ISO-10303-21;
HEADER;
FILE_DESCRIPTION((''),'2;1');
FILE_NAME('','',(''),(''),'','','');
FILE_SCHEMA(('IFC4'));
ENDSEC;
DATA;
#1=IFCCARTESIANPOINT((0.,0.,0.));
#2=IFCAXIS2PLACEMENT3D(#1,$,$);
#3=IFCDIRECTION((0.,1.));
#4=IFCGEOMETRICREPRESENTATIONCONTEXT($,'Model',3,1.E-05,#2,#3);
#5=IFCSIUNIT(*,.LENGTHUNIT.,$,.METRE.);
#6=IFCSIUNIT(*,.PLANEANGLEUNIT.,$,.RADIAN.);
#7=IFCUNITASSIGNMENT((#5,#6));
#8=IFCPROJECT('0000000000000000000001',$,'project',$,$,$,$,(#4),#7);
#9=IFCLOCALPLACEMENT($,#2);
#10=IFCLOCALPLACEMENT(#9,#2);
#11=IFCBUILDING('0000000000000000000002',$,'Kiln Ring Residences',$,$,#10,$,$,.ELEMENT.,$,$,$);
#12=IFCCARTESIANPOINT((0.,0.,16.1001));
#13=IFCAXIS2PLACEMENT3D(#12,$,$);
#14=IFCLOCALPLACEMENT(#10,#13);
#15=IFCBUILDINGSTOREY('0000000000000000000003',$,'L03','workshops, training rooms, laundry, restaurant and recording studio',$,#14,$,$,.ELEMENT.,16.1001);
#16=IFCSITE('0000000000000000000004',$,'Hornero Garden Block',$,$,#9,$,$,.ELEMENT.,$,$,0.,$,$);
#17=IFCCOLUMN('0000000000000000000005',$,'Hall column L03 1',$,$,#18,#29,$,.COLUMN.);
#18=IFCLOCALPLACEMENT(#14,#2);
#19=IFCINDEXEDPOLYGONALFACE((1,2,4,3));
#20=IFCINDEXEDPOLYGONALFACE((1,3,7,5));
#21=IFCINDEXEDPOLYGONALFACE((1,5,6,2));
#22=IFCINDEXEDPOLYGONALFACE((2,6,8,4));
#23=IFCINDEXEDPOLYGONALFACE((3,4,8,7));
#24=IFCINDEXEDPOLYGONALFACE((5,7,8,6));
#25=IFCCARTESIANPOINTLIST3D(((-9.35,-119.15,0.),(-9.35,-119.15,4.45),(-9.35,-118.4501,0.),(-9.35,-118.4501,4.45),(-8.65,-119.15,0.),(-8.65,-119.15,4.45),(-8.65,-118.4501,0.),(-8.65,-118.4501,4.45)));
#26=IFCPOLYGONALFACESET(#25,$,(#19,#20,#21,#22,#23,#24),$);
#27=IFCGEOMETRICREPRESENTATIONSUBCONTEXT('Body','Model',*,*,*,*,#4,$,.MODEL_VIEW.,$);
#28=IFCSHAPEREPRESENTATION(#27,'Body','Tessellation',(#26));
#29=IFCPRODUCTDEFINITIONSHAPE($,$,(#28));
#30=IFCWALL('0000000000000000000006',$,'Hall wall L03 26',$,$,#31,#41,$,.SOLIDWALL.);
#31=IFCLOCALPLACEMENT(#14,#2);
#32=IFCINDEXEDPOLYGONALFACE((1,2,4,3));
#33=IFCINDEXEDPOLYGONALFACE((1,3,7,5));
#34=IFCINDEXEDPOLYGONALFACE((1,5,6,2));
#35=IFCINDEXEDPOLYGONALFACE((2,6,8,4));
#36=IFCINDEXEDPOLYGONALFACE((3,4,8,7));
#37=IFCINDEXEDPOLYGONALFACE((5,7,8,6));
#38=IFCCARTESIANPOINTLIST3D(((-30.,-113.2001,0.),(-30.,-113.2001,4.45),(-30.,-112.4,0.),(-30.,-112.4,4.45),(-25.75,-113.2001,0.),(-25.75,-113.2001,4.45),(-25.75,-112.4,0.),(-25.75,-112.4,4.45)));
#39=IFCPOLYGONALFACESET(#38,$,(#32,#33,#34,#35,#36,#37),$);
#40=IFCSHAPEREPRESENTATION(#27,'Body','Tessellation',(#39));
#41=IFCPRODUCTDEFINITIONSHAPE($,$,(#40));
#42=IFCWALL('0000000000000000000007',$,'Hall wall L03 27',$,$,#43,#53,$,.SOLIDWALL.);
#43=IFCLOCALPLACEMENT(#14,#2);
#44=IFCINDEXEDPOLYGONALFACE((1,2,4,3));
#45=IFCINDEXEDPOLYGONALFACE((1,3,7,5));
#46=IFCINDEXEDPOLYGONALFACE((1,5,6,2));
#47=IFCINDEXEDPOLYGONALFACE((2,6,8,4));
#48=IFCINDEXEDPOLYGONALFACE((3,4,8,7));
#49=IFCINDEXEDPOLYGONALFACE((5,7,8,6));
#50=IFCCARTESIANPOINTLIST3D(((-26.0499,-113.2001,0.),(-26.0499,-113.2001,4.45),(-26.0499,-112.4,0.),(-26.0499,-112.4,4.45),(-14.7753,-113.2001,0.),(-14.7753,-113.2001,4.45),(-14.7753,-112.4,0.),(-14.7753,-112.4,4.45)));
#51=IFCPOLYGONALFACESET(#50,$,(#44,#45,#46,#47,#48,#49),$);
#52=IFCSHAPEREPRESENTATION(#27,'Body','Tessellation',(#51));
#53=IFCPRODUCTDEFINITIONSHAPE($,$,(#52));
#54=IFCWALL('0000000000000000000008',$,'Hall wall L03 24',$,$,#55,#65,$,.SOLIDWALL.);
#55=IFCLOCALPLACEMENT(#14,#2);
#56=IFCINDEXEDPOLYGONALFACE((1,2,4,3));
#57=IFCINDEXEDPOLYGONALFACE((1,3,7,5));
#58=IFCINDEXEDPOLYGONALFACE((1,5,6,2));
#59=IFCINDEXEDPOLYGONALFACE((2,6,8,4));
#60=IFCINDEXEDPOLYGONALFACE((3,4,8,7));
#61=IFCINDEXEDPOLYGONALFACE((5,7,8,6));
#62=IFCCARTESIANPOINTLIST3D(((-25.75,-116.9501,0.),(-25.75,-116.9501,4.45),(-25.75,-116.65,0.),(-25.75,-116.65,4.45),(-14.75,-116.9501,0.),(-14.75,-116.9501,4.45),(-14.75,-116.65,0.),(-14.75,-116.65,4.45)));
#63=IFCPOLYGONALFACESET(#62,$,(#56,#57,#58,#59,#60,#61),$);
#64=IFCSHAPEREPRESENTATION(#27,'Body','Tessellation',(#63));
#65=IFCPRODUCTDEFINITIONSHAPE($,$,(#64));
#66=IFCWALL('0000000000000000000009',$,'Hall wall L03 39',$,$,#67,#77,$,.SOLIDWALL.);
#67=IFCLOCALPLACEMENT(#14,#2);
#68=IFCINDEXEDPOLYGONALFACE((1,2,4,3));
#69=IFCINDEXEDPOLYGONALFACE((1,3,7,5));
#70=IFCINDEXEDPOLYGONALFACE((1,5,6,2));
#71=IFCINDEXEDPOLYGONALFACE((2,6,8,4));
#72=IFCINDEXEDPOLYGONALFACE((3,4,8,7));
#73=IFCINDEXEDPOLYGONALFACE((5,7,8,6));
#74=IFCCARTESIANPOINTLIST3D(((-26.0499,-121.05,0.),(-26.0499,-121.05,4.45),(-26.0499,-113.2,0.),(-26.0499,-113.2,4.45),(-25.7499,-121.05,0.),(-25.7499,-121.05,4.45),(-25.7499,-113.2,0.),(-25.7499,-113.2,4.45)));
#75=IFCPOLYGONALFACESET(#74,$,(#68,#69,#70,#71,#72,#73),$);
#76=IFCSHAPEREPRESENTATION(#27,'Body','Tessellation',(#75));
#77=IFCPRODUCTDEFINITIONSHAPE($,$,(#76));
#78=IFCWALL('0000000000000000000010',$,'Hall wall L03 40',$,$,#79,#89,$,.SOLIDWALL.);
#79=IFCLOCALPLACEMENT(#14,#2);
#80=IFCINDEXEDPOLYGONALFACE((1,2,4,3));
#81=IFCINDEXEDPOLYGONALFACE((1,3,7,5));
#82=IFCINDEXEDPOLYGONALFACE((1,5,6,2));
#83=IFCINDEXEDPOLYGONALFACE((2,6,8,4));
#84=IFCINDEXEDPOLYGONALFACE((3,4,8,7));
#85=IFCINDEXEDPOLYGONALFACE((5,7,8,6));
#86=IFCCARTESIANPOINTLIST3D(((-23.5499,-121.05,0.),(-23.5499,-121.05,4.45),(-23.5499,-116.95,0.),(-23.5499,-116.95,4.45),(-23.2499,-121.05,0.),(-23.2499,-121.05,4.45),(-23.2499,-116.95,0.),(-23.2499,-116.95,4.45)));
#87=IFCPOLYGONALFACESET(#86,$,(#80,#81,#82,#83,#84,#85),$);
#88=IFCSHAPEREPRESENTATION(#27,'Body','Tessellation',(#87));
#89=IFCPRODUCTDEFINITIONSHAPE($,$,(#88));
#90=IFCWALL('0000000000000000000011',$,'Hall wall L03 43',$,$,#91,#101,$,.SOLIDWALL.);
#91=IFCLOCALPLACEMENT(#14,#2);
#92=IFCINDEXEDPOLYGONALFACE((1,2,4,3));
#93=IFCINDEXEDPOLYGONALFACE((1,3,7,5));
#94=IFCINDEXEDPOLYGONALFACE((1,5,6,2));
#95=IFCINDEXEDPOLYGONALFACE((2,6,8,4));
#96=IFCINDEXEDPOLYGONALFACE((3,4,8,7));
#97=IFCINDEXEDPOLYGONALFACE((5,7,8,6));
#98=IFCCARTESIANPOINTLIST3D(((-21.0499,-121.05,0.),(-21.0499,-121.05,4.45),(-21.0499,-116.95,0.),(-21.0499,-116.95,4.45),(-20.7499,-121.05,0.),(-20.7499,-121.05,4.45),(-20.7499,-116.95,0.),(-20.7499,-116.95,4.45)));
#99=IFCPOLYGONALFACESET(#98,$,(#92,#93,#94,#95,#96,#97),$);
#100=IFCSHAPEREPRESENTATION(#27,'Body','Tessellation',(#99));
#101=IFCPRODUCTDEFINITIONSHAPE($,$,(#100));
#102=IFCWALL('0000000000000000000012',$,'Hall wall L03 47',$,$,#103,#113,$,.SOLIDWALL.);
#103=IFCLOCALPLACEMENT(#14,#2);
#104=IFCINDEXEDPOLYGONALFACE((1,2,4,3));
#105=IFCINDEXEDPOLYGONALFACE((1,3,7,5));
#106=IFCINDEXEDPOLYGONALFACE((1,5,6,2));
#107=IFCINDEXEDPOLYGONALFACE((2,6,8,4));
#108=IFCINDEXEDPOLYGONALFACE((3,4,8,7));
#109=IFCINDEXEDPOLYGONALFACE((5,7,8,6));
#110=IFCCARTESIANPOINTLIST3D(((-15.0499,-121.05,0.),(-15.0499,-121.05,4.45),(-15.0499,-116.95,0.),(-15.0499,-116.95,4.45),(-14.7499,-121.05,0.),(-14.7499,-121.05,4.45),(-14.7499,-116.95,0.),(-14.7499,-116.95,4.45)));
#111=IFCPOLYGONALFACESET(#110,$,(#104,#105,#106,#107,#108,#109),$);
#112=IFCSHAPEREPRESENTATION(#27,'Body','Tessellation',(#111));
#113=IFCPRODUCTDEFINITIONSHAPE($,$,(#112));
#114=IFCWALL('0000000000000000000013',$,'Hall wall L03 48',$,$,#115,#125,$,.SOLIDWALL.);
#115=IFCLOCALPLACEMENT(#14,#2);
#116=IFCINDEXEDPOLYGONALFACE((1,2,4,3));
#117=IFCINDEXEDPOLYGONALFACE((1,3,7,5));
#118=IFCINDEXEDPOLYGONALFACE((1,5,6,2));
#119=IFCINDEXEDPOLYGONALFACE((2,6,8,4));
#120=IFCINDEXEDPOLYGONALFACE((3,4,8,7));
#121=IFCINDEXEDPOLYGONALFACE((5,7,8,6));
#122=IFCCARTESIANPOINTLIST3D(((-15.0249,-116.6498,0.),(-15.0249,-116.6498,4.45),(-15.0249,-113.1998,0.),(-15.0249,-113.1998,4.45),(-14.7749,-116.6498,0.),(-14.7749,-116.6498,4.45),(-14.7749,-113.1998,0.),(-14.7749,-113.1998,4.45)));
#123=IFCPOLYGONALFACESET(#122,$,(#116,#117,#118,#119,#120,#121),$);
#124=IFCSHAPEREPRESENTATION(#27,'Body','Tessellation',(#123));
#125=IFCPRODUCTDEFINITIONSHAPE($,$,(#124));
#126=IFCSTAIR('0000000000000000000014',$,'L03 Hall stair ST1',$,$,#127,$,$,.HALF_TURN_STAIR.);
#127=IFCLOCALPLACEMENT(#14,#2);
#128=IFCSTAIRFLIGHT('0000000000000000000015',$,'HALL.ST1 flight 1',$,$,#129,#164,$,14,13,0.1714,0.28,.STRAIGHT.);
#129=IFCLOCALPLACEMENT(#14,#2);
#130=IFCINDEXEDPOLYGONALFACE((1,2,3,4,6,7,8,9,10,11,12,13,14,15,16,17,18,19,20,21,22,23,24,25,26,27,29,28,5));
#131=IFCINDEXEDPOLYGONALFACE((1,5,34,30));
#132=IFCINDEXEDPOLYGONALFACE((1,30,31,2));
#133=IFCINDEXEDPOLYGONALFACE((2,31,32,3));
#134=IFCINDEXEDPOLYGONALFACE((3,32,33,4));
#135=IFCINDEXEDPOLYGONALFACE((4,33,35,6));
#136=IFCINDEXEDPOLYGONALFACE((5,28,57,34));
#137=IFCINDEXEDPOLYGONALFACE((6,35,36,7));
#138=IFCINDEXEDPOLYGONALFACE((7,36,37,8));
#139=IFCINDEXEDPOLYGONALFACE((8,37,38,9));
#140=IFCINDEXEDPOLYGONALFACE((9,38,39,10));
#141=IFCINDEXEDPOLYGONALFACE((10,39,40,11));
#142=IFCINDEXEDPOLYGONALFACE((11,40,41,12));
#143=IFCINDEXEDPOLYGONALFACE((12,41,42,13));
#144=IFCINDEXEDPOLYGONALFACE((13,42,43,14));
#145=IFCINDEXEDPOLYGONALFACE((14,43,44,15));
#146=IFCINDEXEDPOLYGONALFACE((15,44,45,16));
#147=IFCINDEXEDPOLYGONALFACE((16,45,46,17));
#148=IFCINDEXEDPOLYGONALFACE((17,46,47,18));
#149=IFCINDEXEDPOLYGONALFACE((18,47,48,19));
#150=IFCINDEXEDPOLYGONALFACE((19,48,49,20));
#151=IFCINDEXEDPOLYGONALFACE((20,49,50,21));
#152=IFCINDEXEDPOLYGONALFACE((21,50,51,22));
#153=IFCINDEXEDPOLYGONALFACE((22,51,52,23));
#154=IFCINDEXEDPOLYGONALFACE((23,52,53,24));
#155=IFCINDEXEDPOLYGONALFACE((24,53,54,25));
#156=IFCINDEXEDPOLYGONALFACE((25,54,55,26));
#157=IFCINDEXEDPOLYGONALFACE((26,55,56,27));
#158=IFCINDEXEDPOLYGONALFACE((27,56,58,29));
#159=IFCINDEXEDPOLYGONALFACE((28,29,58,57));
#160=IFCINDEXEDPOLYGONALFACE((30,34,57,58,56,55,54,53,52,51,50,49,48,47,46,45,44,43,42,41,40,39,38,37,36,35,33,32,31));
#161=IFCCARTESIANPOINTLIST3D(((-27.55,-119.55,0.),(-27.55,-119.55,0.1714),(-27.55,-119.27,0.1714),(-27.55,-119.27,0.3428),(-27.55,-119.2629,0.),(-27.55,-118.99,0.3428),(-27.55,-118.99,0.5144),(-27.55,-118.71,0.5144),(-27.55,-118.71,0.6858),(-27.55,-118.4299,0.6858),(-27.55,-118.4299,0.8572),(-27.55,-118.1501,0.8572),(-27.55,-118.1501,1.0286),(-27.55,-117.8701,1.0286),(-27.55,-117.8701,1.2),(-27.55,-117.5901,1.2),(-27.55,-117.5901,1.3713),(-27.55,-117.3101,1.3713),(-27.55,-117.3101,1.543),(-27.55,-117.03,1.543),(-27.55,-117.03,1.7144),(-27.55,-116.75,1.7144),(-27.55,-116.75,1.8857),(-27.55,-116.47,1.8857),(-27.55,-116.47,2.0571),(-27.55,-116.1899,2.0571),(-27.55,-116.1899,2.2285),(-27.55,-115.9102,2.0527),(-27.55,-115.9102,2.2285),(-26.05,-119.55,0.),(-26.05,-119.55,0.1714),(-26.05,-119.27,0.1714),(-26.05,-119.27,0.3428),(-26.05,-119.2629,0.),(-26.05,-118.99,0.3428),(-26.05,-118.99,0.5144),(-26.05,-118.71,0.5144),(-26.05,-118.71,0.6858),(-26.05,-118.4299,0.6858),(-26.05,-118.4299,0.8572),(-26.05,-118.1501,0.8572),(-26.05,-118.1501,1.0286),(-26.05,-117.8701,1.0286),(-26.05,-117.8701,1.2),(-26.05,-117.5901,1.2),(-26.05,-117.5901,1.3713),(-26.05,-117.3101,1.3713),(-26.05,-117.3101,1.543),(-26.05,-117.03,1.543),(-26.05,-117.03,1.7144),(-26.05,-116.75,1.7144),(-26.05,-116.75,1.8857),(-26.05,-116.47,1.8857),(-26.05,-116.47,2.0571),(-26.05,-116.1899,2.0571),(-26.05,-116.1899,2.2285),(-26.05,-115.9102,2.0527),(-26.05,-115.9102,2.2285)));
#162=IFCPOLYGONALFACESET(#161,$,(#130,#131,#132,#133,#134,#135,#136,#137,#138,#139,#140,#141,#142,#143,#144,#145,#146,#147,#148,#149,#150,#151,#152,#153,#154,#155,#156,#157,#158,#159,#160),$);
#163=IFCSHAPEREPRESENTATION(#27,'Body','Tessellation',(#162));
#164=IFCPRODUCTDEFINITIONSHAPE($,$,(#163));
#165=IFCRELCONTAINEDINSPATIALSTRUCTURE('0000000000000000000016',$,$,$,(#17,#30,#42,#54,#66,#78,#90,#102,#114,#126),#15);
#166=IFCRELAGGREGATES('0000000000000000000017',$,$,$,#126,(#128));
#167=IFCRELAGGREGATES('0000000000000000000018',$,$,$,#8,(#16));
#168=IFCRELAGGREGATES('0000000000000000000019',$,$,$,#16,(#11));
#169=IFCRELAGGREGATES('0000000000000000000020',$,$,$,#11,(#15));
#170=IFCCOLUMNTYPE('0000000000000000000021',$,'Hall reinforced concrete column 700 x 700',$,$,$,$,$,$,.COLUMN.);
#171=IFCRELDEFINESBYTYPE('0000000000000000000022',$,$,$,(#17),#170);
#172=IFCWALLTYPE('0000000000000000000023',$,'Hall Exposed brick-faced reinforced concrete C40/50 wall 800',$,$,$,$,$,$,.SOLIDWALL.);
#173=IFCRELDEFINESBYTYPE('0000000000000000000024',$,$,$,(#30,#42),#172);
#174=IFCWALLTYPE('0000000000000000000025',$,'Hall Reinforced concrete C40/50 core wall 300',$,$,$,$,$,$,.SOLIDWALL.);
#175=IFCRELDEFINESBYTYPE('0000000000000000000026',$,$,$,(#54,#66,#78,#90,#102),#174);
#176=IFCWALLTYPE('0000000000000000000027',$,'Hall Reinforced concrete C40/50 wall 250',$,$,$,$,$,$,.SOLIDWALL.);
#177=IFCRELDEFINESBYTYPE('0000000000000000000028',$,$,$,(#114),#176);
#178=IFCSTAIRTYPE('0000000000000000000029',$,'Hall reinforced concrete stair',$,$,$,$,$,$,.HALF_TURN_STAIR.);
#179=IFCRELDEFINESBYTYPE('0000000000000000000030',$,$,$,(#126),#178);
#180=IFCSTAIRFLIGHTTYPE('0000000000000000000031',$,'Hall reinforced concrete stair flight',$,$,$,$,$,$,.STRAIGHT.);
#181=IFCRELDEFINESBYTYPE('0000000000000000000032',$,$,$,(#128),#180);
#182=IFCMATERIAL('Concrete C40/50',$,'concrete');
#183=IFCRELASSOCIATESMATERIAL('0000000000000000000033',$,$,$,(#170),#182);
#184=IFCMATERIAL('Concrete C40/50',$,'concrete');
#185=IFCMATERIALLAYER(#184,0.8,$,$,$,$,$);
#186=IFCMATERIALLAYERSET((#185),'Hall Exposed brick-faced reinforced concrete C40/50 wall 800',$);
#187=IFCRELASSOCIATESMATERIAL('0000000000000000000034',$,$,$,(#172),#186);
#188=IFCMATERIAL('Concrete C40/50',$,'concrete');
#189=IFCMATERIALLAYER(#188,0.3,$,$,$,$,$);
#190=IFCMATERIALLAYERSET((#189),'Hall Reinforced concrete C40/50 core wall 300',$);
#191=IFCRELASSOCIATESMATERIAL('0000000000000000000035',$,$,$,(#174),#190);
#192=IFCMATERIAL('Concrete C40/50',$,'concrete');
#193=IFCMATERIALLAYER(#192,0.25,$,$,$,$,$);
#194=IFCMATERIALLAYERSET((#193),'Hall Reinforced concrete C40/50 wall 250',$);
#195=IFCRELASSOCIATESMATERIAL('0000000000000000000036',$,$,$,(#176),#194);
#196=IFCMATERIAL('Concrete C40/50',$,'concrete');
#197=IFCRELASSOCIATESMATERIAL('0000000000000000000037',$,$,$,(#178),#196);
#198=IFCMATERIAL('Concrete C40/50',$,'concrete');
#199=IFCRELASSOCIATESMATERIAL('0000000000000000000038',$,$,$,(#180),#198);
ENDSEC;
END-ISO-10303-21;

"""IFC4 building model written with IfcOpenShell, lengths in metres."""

from ifc_helpers import new_model, si_unit, direction, frame, frame_2d, origin, origin_2d, place, context, subcontext, project, spatial, polyline, rectangle, outline, extrude, material, layer, layer_set, material_profile, profile_set, type_object, element, aggregate, save


model = new_model("IFC4")

# Units and contexts
model_context = context("Model", 3, precision=1e-05, world=origin(), true_north=direction((0.0, 1.0)))
body_context = subcontext(model_context, "Body", "Model", "MODEL_VIEW")
ifc_project = project(units=[si_unit("LENGTHUNIT", "METRE"), si_unit("PLANEANGLEUNIT", "RADIAN")], contexts=[model_context])

# Site, building, storey
site_placement = place(None, origin())
site = spatial("IfcSite", under=ifc_project, at=site_placement, Name="Hornero Garden Block", CompositionType="ELEMENT", RefElevation=0.0)
building_placement = place(site_placement, origin())
building = spatial("IfcBuilding", under=site, at=building_placement, Name="Kiln Ring Residences", CompositionType="ELEMENT")
storey_placement = place(building_placement, frame((0.0, 0.0, 16.1001)))
storey = spatial("IfcBuildingStorey", under=building, at=storey_placement, Name="L03", Description="workshops, training rooms, laundry, restaurant and recording studio", CompositionType="ELEMENT", Elevation=16.1001)

# Column
ifc_material_1 = material(Name="Concrete C40/50", Category="concrete")
ifc_material_profile = material_profile(ifc_material_1, rectangle(XDim=0.7, YDim=0.7, at=origin_2d()), Name="Hall reinforced concrete column 700 x 700")
ifc_profile_set = profile_set([ifc_material_profile], Name="Concrete C40/50")
column_type = type_object("IfcColumnType", Name="Hall reinforced concrete column 700 x 700", PredefinedType="COLUMN", material=ifc_profile_set)
column_placement = place(storey_placement, frame((-9.0, -118.8, 0.0), z_axis=(0.0, 0.0, 1.0), x_axis=(1.0, 0.0, 0.0)))
element("IfcColumn", 1, at=column_placement, inside=storey, type_object=column_type, Name="Hall column L03 1", PredefinedType="COLUMN", context=body_context, shape_type="SweptSolid", body=[
    extrude(rectangle(XDim=0.7, YDim=0.7, at=origin_2d()), origin(), (0.0, 0.0, 1.0), 4.45),
])

# Walls
ifc_material_2 = material(Name="Concrete C40/50", Category="concrete")
ifc_layer_1 = layer(ifc_material_2, 0.8)
ifc_layer_set_1 = layer_set([ifc_layer_1], Name="Hall Exposed brick-faced reinforced concrete C40/50 wall 800")
wall_type_1 = type_object("IfcWallType", Name="Hall Exposed brick-faced reinforced concrete C40/50 wall 800", PredefinedType="SOLIDWALL", material=ifc_layer_set_1)
wall_1_placement = place(storey_placement, frame((-30.0, -112.8, 0.0), z_axis=(0.0, 0.0, 1.0), x_axis=(1.0, 0.0, 0.0)))
element("IfcWall", 2, at=wall_1_placement, inside=storey, type_object=wall_type_1, Name="Hall wall L03 26", PredefinedType="SOLIDWALL", context=body_context, shape_type="SweptSolid", body=[
    extrude(rectangle(XDim=4.25, YDim=0.8, at=frame_2d((2.125, 0.0))), origin(), (0.0, 0.0, 1.0), 4.45),
])
wall_2_placement = place(storey_placement, frame((-26.0498, -112.8, 0.0), z_axis=(0.0, 0.0, 1.0), x_axis=(1.0, 0.0, 0.0)))
element("IfcWall", 3, at=wall_2_placement, inside=storey, type_object=wall_type_1, Name="Hall wall L03 27", PredefinedType="SOLIDWALL", context=body_context, shape_type="SweptSolid", body=[
    extrude(rectangle(XDim=11.2747, YDim=0.8, at=frame_2d((5.6372, 0.0))), origin(), (0.0, 0.0, 1.0), 4.45),
])
ifc_material_3 = material(Name="Concrete C40/50", Category="concrete")
ifc_layer_2 = layer(ifc_material_3, 0.3)
ifc_layer_set_2 = layer_set([ifc_layer_2], Name="Hall Reinforced concrete C40/50 core wall 300")
wall_type_2 = type_object("IfcWallType", Name="Hall Reinforced concrete C40/50 core wall 300", PredefinedType="SOLIDWALL", material=ifc_layer_set_2)
wall_3_placement = place(storey_placement, frame((-25.75, -116.8, 0.0), z_axis=(0.0, 0.0, 1.0), x_axis=(1.0, 0.0, 0.0)))
element("IfcWall", 4, at=wall_3_placement, inside=storey, type_object=wall_type_2, Name="Hall wall L03 24", PredefinedType="SOLIDWALL", context=body_context, shape_type="SweptSolid", body=[
    extrude(rectangle(XDim=11.0, YDim=0.3, at=frame_2d((5.5, 0.0))), origin(), (0.0, 0.0, 1.0), 4.45),
])
wall_4_placement = place(storey_placement, frame((-25.8999, -121.05, 0.0), z_axis=(0.0, 0.0, 1.0), x_axis=(0.0, 1.0, 0.0)))
element("IfcWall", 5, at=wall_4_placement, inside=storey, type_object=wall_type_2, Name="Hall wall L03 39", PredefinedType="SOLIDWALL", context=body_context, shape_type="SweptSolid", body=[
    extrude(rectangle(XDim=7.8501, YDim=0.3, at=frame_2d((3.925, 0.0))), origin(), (0.0, 0.0, 1.0), 4.45),
])
for number, where, z_axis, x_axis, name in (
    (6, (-23.3999, -121.05, 0.0), (0.0, 0.0, 1.0), (0.0, 1.0, 0.0), "Hall wall L03 40"),
    (7, (-20.8999, -121.05, 0.0), (0.0, 0.0, 1.0), (0.0, 1.0, 0.0), "Hall wall L03 43"),
    (8, (-14.8999, -121.05, 0.0), (0.0, 0.0, 1.0), (0.0, 1.0, 0.0), "Hall wall L03 47"),
):
    element("IfcWall", number, at=place(storey_placement, frame(where, z_axis=z_axis, x_axis=x_axis)), inside=storey, type_object=wall_type_2, Name=name, PredefinedType="SOLIDWALL", context=body_context, shape_type="SweptSolid", body=[
        extrude(rectangle(XDim=4.1001, YDim=0.3, at=frame_2d((2.05, 0.0))), origin(), (0.0, 0.0, 1.0), 4.45),
    ])
ifc_material_4 = material(Name="Concrete C40/50", Category="concrete")
ifc_layer_3 = layer(ifc_material_4, 0.25)
ifc_layer_set_3 = layer_set([ifc_layer_3], Name="Hall Reinforced concrete C40/50 wall 250")
wall_type_3 = type_object("IfcWallType", Name="Hall Reinforced concrete C40/50 wall 250", PredefinedType="SOLIDWALL", material=ifc_layer_set_3)
wall_5_placement = place(storey_placement, frame((-14.8999, -116.6499, 0.0), z_axis=(0.0, 0.0, 1.0), x_axis=(0.0, 1.0, 0.0)))
element("IfcWall", 9, at=wall_5_placement, inside=storey, type_object=wall_type_3, Name="Hall wall L03 48", PredefinedType="SOLIDWALL", context=body_context, shape_type="SweptSolid", body=[
    extrude(rectangle(XDim=3.45, YDim=0.25, at=frame_2d((1.7251, 0.0))), origin(), (0.0, 0.0, 1.0), 4.45),
])

# Stair, stair flight
ifc_material_5 = material(Name="Concrete C40/50", Category="concrete")
stair_type = type_object("IfcStairType", Name="Hall reinforced concrete stair", PredefinedType="HALF_TURN_STAIR", material=ifc_material_5)
stair_placement = place(storey_placement, origin())
stair = element("IfcStair", 10, at=stair_placement, inside=storey, type_object=stair_type, Name="L03 Hall stair ST1", PredefinedType="HALF_TURN_STAIR")
ifc_material_6 = material(Name="Concrete C40/50", Category="concrete")
stair_flight_type = type_object("IfcStairFlightType", Name="Hall reinforced concrete stair flight", PredefinedType="STRAIGHT", material=ifc_material_6)
stair_flight_1_placement = place(storey_placement, frame((-26.8, -119.55, 0.0), z_axis=(0.0, 0.0, 1.0), x_axis=(0.0, 1.0, 0.0)))
stair_flight_1 = element("IfcStairFlight", 11, at=stair_flight_1_placement, type_object=stair_flight_type, Name="HALL.ST1 flight 1", NumberOfRisers=14, NumberOfTreads=13, PredefinedType="STRAIGHT", RiserHeight=0.1714, TreadLength=0.28, context=body_context, shape_type="SweptSolid", body=[
    extrude(outline(polyline([(0.0, 0.0), (0.0, 0.1714), (0.28, 0.1714), (0.28, 0.3428), (0.5601, 0.3428), (0.5601, 0.5144), (0.8401, 0.5144), (0.8401, 0.6858), (1.1201, 0.6858), (1.1201, 0.8572), (1.3999, 0.8572), (1.3999, 1.0286), (1.6799, 1.0286), (1.6799, 1.2), (1.96, 1.2), (1.96, 1.3713), (2.24, 1.3713), (2.24, 1.543), (2.52, 1.543), (2.52, 1.7144), (2.8, 1.7144), (2.8, 1.8857), (3.0801, 1.8857), (3.0801, 2.0571), (3.3601, 2.0571), (3.3601, 2.2285), (3.6399, 2.2285), (3.6399, 2.3999), (3.6399, 2.0527), (0.2871, 0.0), (0.0, 0.0)])), frame((0.0, 0.75, 0.0), z_axis=(0.0, -1.0, 0.0), x_axis=(1.0, 0.0, 0.0)), (0.0, 0.0, 1.0), 1.5),
])
aggregate(stair, [stair_flight_1])

save(model, "model.ifc")
